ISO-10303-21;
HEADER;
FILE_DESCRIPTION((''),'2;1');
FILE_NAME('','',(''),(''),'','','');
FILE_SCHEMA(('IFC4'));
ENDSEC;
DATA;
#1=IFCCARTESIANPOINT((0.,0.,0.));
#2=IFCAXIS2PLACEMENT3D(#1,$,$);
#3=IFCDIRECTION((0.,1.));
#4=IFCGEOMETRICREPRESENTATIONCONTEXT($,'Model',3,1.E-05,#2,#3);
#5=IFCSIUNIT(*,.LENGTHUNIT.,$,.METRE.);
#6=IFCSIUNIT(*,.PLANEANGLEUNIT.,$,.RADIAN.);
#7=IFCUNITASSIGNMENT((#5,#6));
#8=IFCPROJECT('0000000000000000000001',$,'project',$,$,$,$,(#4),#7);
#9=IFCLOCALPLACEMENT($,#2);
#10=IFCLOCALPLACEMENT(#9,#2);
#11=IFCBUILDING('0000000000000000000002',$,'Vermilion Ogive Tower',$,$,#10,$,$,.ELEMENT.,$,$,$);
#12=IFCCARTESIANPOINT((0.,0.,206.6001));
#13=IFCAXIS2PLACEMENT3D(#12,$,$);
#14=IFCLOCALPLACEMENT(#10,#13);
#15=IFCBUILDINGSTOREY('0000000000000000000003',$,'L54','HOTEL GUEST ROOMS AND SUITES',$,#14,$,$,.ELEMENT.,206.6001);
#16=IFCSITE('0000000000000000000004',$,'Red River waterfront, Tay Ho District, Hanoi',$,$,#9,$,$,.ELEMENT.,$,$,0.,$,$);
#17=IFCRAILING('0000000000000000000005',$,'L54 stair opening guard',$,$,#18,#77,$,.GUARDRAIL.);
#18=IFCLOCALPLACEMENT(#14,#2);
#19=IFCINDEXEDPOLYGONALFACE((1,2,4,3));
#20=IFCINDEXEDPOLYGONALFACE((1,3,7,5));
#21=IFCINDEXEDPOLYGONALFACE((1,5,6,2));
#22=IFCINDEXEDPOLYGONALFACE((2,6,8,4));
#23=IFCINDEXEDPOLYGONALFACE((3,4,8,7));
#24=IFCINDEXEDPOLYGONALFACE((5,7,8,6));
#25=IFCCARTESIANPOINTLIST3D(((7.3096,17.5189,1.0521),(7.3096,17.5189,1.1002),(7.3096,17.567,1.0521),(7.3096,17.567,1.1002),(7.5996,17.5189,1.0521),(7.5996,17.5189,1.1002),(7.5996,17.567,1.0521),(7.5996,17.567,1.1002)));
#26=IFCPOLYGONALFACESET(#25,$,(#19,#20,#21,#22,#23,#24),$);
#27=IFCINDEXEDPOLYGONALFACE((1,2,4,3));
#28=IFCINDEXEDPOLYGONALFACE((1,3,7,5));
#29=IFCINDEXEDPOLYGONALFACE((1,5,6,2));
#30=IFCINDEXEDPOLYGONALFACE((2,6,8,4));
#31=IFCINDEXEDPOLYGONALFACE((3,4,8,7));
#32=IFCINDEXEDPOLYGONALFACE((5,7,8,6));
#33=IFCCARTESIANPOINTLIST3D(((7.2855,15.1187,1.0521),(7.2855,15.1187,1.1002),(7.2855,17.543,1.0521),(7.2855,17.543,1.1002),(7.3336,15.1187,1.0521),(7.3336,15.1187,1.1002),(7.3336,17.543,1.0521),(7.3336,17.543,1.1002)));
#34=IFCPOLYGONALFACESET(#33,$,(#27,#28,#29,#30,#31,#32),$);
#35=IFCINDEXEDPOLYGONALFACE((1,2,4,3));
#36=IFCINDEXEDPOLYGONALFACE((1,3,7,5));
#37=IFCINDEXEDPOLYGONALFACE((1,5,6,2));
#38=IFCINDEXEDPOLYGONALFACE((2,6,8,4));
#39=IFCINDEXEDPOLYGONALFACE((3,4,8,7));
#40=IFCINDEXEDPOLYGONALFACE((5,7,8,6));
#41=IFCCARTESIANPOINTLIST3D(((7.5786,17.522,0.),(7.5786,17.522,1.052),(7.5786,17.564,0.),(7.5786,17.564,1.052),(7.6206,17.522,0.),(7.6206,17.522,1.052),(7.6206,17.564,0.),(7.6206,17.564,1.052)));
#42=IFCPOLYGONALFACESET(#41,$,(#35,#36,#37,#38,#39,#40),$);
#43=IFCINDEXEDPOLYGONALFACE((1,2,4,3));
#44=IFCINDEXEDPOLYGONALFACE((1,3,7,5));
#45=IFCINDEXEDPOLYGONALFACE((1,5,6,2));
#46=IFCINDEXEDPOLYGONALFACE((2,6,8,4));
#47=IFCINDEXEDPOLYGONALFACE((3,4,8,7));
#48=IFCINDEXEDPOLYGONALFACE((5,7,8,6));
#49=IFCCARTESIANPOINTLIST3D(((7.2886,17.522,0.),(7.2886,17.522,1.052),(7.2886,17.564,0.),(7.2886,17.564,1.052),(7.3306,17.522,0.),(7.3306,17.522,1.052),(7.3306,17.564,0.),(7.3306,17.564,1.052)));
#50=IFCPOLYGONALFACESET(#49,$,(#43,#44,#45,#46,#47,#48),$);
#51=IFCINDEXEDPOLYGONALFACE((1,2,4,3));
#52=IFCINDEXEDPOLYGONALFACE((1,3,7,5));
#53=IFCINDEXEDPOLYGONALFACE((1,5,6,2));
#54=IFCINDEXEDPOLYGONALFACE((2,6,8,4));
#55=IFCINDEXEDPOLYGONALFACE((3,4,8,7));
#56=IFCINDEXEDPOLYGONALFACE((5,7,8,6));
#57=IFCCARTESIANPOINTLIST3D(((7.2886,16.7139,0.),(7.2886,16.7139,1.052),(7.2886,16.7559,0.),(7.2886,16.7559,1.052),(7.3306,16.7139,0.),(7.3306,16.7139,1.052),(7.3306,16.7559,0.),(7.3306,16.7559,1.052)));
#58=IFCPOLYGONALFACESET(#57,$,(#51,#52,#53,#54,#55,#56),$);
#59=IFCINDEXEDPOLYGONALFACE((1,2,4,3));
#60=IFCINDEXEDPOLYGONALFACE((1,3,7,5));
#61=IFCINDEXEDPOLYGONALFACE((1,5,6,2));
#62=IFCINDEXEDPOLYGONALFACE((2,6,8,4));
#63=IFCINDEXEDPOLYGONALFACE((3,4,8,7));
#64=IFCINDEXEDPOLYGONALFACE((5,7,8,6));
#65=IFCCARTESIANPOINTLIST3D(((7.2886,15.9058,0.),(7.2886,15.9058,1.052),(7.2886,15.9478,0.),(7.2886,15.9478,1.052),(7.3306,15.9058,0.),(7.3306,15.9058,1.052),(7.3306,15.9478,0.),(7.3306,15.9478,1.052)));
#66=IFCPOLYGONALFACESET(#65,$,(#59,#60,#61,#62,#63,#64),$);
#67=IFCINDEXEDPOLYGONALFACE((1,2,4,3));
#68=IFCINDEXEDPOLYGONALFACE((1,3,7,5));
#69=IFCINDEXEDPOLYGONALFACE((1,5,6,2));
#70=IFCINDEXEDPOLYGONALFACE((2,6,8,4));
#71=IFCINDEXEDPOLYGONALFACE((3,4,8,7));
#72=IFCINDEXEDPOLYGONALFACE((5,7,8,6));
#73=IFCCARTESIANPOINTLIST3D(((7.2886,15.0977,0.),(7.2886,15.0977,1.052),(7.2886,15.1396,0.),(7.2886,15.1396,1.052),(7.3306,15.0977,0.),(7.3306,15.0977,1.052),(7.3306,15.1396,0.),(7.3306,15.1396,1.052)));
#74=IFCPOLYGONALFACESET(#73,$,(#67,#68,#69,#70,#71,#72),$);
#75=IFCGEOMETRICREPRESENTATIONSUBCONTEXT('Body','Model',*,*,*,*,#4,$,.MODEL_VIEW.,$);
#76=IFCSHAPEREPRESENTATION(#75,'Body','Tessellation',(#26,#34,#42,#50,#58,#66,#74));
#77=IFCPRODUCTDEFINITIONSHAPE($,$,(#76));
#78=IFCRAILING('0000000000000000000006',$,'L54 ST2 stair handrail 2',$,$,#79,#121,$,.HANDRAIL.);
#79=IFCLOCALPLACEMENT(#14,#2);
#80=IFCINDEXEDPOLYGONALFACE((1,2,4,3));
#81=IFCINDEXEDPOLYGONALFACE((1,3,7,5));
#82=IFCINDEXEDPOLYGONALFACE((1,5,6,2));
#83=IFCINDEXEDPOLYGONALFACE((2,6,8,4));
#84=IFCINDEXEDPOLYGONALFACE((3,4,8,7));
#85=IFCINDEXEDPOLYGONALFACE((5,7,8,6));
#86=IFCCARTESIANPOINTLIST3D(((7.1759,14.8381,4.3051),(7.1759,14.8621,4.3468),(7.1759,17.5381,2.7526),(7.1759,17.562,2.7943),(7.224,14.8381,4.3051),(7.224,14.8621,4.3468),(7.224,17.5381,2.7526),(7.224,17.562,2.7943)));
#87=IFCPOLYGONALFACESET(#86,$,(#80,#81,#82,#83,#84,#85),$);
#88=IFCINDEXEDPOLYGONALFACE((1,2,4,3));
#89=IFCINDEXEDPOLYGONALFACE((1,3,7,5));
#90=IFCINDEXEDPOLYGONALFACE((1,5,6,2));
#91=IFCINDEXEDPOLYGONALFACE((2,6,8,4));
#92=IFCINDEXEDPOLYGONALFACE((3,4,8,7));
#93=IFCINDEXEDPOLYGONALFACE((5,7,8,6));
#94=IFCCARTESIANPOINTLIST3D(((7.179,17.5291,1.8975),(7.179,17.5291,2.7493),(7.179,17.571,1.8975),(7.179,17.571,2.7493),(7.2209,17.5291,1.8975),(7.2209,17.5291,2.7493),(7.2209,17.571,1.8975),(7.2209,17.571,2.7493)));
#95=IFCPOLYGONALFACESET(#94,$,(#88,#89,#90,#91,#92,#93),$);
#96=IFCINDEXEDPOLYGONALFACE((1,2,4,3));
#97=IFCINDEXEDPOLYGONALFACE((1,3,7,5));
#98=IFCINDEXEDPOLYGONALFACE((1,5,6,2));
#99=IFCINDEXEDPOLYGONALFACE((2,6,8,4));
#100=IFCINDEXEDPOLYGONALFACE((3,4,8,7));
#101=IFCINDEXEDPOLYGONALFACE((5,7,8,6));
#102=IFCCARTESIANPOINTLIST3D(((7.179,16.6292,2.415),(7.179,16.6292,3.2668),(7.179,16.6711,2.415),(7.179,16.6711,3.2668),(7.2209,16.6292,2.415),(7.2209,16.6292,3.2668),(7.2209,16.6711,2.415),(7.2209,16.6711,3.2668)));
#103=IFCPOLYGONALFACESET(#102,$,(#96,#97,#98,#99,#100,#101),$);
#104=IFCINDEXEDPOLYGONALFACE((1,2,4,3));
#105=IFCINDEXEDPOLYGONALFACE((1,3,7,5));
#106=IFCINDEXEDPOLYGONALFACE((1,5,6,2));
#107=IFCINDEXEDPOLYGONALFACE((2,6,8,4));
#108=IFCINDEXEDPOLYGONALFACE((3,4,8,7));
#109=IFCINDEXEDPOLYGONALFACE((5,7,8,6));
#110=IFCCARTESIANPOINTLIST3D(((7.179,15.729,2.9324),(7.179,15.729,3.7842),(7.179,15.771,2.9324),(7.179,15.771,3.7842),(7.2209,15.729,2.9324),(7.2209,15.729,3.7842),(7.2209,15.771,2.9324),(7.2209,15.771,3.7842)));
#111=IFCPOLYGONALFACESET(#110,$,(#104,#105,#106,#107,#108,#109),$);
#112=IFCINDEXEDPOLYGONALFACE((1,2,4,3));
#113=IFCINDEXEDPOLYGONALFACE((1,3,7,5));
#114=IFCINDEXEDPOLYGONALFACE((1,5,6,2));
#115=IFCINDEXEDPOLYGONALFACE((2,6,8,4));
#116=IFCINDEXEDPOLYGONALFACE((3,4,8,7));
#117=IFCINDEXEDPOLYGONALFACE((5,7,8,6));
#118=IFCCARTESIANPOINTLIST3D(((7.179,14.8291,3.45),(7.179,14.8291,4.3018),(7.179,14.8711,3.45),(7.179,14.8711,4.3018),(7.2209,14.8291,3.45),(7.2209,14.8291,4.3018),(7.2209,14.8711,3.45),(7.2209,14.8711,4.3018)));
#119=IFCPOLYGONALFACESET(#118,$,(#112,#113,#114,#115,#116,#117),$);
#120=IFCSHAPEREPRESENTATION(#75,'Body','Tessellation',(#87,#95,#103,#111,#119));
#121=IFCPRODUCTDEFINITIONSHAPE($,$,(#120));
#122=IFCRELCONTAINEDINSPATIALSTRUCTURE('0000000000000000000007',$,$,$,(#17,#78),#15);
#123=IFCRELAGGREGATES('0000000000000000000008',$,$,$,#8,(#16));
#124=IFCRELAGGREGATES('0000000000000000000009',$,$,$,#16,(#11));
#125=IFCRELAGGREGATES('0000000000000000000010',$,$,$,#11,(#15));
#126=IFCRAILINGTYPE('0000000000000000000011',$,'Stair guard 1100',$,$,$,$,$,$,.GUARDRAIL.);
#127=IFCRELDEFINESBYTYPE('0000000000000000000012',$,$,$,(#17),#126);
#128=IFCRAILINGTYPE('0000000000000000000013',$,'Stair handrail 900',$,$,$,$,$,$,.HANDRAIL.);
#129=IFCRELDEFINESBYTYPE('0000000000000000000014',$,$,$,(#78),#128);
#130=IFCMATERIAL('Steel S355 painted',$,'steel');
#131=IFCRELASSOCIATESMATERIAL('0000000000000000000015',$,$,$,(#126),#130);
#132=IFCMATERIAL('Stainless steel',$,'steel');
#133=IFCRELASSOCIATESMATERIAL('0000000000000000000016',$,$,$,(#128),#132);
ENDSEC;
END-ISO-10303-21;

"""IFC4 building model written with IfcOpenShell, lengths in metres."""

from ifc_helpers import new_model, si_unit, direction, frame, origin, origin_2d, place, context, subcontext, project, spatial, rectangle, extrude, material, type_object, element, save


model = new_model("IFC4")

# Units and contexts
model_context = context("Model", 3, precision=1e-05, world=origin(), true_north=direction((0.0, 1.0)))
body_context = subcontext(model_context, "Body", "Model", "MODEL_VIEW")
ifc_project = project(units=[si_unit("LENGTHUNIT", "METRE"), si_unit("PLANEANGLEUNIT", "RADIAN")], contexts=[model_context])

# Site, building, storey
site_placement = place(None, origin())
site = spatial("IfcSite", under=ifc_project, at=site_placement, Name="Red River waterfront, Tay Ho District, Hanoi", CompositionType="ELEMENT", RefElevation=0.0)
building_placement = place(site_placement, origin())
building = spatial("IfcBuilding", under=site, at=building_placement, Name="Vermilion Ogive Tower", CompositionType="ELEMENT")
storey_placement = place(building_placement, frame((0.0, 0.0, 206.6001)))
storey = spatial("IfcBuildingStorey", under=building, at=storey_placement, Name="L54", Description="HOTEL GUEST ROOMS AND SUITES", CompositionType="ELEMENT", Elevation=206.6001)

# Railings
ifc_material_1 = material(Name="Steel S355 painted", Category="steel")
railing_type_1 = type_object("IfcRailingType", Name="Stair guard 1100", PredefinedType="GUARDRAIL", material=ifc_material_1)
railing_1_placement = place(storey_placement, frame((7.5996, 17.543, 0.0)))
element("IfcRailing", 1, at=railing_1_placement, inside=storey, type_object=railing_type_1, Name="L54 stair opening guard", PredefinedType="GUARDRAIL", context=body_context, shape_type="SweptSolid", body=[
    extrude(rectangle(XDim=0.0481, YDim=0.0481, at=origin_2d()), frame((0.0, 0.0, 1.0762), z_axis=(-1.0, 0.0, 0.0), x_axis=(0.0, -1.0, 0.0)), (0.0, 0.0, 1.0), 0.29),
    extrude(rectangle(XDim=0.0481, YDim=0.0481, at=origin_2d()), frame((-0.29, 0.0, 1.0762), z_axis=(0.0, -1.0, 0.0), x_axis=(1.0, 0.0, 0.0)), (0.0, 0.0, 1.0), 2.4243),
    extrude(rectangle(XDim=0.042, YDim=0.042, at=origin_2d()), origin(), (0.0, 0.0, 1.0), 1.052),
    extrude(rectangle(XDim=0.042, YDim=0.042, at=origin_2d()), frame((-0.29, 0.0, 0.0)), (0.0, 0.0, 1.0), 1.052),
    extrude(rectangle(XDim=0.042, YDim=0.042, at=origin_2d()), frame((-0.29, -0.8081, 0.0)), (0.0, 0.0, 1.0), 1.052),
    extrude(rectangle(XDim=0.042, YDim=0.042, at=origin_2d()), frame((-0.29, -1.6162, 0.0)), (0.0, 0.0, 1.0), 1.052),
    extrude(rectangle(XDim=0.042, YDim=0.042, at=origin_2d()), frame((-0.29, -2.4243, 0.0)), (0.0, 0.0, 1.0), 1.052),
])
ifc_material_2 = material(Name="Stainless steel", Category="steel")
railing_type_2 = type_object("IfcRailingType", Name="Stair handrail 900", PredefinedType="HANDRAIL", material=ifc_material_2)
railing_2_placement = place(storey_placement, frame((7.2, 17.55, 1.8975)))
element("IfcRailing", 2, at=railing_2_placement, inside=storey, type_object=railing_type_2, Name="L54 ST2 stair handrail 2", PredefinedType="HANDRAIL", context=body_context, shape_type="SweptSolid", body=[
    extrude(rectangle(XDim=0.0481, YDim=0.0481, at=origin_2d()), frame((0.0, 0.0, 0.876), z_axis=(0.0, -0.866904, 0.498476), x_axis=(1.0, 0.0, 0.0)), (0.0, 0.0, 1.0), 3.1145),
    extrude(rectangle(XDim=0.042, YDim=0.042, at=origin_2d()), origin(), (0.0, 0.0, 1.0), 0.8518),
    extrude(rectangle(XDim=0.042, YDim=0.042, at=origin_2d()), frame((0.0, -0.8999, 0.5176)), (0.0, 0.0, 1.0), 0.8518),
    extrude(rectangle(XDim=0.042, YDim=0.042, at=origin_2d()), frame((0.0, -1.8, 1.0349)), (0.0, 0.0, 1.0), 0.8518),
    extrude(rectangle(XDim=0.042, YDim=0.042, at=origin_2d()), frame((0.0, -2.7, 1.5525)), (0.0, 0.0, 1.0), 0.8518),
])

save(model, "model.ifc")
